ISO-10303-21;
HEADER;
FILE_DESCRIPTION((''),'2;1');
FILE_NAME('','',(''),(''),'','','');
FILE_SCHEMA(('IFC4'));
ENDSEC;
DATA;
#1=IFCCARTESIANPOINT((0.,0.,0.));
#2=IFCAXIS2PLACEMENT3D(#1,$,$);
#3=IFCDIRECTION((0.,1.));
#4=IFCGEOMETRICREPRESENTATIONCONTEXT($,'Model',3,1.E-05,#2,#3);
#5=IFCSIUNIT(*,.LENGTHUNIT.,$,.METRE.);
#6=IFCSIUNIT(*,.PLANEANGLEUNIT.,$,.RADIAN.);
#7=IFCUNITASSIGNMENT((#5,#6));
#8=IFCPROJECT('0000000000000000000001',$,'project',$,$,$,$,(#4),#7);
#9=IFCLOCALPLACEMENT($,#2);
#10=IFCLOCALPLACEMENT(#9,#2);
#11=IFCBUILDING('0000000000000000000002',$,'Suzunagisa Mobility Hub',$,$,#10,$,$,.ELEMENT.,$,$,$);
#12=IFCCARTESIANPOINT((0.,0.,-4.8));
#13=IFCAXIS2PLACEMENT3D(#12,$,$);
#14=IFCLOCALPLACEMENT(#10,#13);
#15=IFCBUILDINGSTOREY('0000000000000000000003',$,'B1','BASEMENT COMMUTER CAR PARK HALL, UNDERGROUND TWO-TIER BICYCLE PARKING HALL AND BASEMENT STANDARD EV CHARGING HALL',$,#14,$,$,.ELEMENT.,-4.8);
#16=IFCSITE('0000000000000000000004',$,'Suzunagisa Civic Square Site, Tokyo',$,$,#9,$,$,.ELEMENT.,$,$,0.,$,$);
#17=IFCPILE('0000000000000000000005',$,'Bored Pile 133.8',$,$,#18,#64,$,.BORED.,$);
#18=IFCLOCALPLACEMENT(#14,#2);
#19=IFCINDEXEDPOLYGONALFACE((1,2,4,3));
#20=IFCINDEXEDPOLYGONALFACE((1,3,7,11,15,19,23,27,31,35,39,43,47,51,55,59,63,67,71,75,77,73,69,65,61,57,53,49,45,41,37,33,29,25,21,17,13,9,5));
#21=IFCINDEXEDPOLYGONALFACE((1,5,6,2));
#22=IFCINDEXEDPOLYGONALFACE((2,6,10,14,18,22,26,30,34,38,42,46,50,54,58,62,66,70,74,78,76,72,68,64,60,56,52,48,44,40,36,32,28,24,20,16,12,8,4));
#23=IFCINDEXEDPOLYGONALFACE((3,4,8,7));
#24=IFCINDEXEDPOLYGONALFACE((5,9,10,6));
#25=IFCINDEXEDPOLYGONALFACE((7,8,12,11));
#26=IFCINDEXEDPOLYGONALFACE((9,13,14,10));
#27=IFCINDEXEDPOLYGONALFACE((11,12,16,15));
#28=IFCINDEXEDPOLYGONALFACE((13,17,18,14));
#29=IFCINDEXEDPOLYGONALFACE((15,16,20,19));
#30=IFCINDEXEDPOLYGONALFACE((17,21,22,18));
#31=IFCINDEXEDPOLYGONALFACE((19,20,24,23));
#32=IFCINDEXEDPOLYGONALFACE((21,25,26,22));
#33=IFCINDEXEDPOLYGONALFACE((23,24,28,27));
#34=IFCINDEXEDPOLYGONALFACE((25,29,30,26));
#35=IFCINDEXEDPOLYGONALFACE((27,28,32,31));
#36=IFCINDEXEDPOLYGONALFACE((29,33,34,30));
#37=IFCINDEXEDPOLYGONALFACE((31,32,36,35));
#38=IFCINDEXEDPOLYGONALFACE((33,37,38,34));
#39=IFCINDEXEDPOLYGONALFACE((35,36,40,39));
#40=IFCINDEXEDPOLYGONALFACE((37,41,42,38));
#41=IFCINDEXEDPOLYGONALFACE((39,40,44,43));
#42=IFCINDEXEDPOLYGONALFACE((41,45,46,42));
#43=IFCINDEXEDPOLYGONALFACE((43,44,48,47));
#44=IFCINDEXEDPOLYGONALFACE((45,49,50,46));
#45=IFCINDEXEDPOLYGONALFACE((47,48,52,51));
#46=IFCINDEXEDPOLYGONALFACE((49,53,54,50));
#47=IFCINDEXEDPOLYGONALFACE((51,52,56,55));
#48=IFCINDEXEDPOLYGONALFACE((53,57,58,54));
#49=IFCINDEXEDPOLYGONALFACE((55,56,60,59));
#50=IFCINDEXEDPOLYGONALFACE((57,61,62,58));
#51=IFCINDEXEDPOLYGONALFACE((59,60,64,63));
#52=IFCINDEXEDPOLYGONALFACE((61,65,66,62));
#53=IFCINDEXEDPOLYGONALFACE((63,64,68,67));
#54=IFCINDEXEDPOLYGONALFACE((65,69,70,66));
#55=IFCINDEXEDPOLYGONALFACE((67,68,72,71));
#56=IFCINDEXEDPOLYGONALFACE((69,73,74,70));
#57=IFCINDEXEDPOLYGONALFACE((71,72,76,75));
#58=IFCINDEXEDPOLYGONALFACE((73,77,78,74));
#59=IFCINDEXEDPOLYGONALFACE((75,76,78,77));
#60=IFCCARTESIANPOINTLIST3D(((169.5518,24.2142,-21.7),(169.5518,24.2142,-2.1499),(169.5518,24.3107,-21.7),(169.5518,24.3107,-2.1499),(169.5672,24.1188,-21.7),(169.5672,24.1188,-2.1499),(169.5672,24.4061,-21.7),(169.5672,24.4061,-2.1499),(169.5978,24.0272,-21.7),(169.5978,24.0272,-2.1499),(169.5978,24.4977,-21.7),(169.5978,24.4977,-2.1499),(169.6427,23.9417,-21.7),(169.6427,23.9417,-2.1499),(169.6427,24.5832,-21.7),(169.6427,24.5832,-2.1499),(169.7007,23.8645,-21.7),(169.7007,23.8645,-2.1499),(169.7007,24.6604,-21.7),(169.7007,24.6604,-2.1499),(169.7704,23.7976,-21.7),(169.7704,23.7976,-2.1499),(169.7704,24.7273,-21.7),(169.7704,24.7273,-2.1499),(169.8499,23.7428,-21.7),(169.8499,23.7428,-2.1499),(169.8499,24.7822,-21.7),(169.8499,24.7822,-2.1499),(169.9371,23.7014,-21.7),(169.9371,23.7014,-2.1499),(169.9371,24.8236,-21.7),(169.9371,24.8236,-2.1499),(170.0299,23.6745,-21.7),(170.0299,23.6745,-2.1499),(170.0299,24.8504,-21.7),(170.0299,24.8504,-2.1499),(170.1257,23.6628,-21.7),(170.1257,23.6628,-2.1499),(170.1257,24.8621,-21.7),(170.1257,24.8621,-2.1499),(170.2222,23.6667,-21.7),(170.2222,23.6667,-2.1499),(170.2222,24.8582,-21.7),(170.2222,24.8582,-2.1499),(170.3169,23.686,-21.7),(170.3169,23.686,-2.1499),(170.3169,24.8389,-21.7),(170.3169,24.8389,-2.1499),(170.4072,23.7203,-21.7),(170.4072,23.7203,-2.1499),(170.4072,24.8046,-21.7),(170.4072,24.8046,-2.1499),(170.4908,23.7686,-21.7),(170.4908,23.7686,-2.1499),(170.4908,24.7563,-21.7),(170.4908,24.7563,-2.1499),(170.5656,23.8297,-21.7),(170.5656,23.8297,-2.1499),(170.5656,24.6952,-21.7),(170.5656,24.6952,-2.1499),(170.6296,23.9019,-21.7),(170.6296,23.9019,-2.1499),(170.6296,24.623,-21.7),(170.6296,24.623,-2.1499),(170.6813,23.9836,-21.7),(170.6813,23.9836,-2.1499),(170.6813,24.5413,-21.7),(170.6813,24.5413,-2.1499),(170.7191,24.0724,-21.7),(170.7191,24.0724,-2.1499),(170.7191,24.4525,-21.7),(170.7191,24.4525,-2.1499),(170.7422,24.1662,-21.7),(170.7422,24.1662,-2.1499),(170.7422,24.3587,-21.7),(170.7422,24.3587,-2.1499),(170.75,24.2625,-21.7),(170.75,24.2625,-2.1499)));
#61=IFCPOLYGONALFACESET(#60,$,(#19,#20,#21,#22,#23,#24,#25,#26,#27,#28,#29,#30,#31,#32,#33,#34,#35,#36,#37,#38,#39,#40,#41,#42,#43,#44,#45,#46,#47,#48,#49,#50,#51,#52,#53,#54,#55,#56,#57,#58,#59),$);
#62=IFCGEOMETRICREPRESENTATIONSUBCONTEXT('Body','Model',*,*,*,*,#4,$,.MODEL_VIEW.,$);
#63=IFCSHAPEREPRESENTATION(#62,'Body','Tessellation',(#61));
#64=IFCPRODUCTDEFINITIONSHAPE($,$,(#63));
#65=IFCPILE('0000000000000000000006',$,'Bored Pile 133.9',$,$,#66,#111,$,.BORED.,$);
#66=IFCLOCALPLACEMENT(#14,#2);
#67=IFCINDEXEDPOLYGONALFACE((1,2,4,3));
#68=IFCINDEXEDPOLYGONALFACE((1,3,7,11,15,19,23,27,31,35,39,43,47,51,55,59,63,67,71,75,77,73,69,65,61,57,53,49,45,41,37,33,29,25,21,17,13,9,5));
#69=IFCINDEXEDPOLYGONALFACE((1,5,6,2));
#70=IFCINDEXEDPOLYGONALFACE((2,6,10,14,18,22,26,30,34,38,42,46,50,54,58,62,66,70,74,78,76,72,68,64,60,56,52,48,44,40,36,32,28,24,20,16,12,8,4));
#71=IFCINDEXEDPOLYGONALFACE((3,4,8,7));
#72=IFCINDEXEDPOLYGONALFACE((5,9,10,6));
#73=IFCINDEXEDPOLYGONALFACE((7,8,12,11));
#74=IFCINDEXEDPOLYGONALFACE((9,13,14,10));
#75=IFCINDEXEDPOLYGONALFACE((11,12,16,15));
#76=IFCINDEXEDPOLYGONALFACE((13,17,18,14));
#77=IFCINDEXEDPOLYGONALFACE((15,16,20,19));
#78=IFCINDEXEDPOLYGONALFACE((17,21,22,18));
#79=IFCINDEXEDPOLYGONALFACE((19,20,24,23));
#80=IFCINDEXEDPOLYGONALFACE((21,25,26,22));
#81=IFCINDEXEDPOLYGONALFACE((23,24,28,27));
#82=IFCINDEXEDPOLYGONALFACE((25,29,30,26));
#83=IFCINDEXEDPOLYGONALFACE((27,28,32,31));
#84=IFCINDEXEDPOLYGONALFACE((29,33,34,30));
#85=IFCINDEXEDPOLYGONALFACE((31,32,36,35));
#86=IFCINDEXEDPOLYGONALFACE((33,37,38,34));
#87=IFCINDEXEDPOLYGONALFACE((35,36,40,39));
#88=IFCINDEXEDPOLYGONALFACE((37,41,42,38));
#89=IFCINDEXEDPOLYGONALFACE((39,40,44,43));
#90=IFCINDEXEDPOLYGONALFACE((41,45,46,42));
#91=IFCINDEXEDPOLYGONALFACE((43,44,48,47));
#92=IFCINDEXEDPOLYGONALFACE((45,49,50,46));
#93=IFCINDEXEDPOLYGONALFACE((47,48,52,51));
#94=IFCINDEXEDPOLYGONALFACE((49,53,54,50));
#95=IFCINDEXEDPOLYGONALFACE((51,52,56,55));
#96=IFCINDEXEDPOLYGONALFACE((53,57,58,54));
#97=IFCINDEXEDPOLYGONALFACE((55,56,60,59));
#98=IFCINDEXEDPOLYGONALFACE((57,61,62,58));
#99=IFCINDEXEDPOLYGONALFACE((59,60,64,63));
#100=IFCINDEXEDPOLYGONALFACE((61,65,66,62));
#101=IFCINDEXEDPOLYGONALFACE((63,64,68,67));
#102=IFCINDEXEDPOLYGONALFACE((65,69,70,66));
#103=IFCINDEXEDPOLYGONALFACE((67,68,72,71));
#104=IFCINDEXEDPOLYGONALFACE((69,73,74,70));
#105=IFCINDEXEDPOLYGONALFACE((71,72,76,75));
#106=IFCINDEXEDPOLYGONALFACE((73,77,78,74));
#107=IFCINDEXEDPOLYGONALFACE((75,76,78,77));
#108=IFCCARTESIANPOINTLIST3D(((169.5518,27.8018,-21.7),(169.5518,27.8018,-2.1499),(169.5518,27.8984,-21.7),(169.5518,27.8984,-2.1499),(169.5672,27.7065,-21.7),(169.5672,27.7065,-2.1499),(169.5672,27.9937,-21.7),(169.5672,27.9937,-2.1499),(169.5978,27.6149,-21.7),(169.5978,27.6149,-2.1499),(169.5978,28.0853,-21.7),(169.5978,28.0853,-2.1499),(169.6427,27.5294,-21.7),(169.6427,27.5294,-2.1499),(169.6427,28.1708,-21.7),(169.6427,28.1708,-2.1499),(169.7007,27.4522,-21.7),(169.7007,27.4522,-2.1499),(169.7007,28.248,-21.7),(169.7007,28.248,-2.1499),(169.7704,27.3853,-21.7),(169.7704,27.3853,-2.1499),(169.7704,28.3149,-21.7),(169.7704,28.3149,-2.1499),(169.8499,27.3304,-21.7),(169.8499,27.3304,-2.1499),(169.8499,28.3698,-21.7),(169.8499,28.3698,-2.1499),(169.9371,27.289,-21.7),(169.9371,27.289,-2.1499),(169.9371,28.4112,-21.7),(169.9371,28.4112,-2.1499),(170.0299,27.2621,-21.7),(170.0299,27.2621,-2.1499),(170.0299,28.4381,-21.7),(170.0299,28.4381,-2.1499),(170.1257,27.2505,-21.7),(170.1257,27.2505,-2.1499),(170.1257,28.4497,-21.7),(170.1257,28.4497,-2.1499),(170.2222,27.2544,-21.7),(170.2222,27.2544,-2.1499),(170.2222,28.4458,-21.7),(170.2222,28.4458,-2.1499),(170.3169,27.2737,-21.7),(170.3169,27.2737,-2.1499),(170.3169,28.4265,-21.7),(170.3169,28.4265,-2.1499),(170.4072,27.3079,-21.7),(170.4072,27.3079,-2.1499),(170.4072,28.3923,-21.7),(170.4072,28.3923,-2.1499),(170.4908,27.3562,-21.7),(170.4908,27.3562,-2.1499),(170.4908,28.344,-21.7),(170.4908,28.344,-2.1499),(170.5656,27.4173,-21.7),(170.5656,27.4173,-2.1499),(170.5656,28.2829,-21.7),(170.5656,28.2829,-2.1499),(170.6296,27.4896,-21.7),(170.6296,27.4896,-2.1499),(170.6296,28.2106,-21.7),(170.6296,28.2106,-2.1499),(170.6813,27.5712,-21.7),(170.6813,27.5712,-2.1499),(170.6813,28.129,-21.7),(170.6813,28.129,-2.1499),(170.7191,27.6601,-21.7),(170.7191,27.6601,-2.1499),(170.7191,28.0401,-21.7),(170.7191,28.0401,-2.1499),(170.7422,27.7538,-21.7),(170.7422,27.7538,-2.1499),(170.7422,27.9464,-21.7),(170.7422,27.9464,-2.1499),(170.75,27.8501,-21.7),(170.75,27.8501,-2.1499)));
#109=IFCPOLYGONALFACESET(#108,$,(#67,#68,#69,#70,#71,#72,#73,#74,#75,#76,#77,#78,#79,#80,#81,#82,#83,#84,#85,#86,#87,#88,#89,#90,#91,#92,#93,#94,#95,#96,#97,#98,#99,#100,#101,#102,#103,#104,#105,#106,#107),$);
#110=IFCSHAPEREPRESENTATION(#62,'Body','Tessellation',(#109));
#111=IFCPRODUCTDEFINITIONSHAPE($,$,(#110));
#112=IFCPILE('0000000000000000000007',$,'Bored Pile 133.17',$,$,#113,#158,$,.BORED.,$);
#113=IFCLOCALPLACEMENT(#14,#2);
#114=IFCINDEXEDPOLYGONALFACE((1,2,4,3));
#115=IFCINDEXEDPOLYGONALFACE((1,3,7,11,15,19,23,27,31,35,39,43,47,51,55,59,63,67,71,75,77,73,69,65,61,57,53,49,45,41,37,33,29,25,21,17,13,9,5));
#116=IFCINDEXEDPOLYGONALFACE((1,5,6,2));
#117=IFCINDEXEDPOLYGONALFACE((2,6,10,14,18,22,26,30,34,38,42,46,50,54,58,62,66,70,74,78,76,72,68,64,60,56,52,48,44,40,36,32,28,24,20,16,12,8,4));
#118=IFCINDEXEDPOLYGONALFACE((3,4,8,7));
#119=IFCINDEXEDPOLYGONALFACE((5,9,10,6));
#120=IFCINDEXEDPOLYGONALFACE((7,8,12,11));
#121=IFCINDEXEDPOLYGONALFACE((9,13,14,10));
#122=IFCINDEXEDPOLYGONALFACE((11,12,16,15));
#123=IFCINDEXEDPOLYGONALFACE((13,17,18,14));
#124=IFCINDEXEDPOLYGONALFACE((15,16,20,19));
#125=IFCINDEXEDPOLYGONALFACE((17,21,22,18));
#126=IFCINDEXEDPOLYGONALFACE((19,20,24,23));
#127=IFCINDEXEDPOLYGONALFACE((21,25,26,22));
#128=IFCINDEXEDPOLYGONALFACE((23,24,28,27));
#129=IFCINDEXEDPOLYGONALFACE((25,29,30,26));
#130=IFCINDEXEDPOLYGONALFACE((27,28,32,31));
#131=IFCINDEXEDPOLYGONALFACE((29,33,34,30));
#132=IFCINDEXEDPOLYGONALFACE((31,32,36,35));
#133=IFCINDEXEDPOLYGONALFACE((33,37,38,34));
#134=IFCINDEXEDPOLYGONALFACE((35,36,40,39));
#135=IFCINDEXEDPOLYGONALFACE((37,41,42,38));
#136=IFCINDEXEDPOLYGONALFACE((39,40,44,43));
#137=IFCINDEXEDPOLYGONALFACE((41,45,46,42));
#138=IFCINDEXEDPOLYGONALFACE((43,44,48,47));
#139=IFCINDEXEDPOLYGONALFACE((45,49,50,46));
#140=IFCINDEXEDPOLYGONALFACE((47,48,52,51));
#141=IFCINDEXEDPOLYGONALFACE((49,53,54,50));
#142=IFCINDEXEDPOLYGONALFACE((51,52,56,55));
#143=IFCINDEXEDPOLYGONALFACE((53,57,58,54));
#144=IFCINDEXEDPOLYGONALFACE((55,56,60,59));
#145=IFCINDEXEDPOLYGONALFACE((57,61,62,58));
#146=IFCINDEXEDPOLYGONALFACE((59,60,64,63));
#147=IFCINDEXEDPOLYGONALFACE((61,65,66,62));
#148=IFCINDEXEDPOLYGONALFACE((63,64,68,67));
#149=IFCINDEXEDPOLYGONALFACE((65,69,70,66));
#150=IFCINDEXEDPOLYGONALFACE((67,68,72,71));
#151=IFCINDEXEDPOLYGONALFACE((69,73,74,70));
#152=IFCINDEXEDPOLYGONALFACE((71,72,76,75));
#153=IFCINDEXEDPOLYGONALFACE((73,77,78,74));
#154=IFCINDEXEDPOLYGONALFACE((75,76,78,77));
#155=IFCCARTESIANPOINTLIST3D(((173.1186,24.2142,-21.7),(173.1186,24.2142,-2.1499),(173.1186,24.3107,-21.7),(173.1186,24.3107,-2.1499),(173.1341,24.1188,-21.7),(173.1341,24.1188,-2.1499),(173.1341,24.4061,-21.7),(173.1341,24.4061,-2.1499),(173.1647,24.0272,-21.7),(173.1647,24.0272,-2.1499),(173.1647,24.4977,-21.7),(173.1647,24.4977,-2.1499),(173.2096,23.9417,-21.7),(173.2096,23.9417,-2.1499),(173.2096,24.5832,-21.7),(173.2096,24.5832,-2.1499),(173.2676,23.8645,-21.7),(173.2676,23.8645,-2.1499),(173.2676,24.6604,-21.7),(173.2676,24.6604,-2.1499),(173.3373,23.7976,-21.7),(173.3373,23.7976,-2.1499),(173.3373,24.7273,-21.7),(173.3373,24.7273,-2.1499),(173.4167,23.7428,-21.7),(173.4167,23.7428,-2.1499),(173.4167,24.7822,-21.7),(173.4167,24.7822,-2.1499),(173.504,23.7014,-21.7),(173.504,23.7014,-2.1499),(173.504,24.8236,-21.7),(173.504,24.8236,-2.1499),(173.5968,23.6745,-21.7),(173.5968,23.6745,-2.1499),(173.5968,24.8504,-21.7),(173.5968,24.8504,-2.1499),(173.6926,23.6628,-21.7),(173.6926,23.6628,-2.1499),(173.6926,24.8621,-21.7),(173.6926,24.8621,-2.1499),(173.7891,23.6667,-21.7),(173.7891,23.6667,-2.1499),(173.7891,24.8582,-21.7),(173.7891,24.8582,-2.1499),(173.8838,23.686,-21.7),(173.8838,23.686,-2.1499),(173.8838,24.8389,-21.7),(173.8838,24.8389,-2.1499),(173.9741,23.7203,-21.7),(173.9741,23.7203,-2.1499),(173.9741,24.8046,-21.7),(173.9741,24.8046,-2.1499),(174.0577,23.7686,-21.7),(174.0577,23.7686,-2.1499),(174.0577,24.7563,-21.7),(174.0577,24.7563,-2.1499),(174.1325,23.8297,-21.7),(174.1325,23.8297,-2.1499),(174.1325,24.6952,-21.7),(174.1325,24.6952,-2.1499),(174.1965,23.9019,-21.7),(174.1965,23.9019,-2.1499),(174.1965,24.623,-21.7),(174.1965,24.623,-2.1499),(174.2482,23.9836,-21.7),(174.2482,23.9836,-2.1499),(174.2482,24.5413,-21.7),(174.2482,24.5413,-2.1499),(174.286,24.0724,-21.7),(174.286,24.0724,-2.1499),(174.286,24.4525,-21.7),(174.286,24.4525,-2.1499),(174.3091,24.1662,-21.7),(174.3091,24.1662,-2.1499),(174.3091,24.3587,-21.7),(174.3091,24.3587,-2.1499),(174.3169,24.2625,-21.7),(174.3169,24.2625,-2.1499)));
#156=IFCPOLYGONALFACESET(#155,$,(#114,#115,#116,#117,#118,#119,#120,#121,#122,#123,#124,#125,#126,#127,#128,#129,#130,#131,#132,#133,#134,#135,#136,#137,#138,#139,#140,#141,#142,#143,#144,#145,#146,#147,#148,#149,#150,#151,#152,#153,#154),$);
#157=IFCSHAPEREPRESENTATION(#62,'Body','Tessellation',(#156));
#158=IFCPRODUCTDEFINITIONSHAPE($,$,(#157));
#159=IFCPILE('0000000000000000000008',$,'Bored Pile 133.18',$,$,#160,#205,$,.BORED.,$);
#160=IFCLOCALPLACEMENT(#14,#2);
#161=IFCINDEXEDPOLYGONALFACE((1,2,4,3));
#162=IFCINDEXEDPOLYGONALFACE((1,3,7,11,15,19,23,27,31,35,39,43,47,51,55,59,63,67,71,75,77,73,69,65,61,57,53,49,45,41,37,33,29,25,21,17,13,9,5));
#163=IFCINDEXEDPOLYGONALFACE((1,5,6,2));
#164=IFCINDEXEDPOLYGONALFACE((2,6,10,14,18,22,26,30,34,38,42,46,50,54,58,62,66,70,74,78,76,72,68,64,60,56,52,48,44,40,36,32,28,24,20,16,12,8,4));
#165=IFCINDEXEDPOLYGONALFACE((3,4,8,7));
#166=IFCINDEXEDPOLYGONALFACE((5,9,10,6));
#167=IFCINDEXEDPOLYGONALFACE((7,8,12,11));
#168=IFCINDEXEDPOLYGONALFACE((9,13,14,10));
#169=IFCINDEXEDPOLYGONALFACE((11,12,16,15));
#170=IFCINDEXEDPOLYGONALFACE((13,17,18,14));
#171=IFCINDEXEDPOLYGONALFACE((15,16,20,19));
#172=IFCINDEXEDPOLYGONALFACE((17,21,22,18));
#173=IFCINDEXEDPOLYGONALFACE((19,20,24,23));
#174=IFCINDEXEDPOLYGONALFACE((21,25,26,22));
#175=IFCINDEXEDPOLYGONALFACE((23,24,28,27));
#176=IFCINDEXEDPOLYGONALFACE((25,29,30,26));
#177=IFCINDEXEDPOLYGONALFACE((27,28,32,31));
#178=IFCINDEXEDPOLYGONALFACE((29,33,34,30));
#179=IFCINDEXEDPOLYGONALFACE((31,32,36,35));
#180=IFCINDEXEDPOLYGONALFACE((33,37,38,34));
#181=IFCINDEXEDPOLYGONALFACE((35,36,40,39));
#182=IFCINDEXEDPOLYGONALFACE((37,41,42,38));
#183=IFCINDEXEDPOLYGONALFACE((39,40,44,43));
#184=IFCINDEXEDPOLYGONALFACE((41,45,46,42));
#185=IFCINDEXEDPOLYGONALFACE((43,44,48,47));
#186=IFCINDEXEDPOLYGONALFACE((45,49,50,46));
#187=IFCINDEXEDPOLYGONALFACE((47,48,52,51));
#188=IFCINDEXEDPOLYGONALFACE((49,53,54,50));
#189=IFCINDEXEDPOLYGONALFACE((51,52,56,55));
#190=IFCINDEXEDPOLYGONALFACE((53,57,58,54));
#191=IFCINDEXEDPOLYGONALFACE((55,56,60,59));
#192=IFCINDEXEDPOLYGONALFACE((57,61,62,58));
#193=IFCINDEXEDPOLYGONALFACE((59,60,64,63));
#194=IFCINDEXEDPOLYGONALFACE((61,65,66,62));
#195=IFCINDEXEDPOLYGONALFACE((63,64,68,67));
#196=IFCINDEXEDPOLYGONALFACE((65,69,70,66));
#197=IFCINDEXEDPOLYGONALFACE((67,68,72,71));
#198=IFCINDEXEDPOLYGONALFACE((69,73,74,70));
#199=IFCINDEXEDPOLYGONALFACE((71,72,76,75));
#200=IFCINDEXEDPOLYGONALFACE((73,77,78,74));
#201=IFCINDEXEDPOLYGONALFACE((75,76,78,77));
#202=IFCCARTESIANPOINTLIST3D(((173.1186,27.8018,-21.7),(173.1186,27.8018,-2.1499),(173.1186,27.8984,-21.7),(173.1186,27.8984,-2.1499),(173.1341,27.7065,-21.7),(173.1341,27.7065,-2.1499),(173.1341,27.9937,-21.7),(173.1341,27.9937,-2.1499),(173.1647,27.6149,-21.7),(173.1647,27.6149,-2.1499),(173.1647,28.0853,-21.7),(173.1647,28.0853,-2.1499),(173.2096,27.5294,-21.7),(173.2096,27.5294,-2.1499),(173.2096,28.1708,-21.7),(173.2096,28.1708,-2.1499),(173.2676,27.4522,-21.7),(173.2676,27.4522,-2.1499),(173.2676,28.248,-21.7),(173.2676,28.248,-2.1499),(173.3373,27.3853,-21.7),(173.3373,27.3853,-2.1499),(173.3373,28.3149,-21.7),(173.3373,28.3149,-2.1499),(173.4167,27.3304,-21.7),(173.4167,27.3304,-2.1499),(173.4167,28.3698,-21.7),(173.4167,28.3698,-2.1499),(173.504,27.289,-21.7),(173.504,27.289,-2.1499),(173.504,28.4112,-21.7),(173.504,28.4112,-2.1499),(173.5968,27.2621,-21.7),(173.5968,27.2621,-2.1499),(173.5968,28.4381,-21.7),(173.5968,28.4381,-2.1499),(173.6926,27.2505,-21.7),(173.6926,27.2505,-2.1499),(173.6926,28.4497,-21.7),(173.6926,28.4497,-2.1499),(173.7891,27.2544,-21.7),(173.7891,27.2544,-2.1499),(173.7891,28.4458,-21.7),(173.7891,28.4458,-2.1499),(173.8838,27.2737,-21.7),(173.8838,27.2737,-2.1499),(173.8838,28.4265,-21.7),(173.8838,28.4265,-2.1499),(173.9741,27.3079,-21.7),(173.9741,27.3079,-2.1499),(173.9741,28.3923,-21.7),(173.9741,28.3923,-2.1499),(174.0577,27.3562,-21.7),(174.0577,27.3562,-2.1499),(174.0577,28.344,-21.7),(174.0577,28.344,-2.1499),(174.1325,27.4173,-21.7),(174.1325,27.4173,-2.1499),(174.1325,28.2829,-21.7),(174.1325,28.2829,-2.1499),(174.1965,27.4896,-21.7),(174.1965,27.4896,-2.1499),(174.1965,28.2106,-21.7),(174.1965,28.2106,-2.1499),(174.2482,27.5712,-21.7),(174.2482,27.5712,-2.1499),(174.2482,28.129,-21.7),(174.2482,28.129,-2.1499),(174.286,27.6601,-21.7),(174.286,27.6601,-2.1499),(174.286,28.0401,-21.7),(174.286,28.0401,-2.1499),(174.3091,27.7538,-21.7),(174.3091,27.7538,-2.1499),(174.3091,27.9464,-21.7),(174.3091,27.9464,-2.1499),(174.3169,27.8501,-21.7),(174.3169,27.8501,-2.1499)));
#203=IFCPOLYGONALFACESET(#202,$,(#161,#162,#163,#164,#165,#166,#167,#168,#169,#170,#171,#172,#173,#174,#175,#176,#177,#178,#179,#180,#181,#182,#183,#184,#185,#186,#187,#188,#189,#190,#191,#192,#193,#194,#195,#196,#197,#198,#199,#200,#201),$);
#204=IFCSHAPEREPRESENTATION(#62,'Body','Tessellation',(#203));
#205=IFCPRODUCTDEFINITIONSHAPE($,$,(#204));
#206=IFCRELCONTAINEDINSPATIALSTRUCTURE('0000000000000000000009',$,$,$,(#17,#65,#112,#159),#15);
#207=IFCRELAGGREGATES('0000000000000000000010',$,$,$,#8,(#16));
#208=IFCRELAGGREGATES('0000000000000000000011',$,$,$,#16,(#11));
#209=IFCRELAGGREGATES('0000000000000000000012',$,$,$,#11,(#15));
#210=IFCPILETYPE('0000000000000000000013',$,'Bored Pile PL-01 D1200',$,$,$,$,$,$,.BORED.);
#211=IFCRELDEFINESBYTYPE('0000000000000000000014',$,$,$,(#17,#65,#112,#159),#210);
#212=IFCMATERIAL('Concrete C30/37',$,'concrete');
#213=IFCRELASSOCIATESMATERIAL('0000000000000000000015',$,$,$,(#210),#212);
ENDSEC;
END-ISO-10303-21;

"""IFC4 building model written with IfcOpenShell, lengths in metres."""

from ifc_helpers import new_model, si_unit, direction, frame, origin, origin_2d, place, context, subcontext, project, spatial, circle, extrude, material, material_profile, profile_set, type_object, element, save


model = new_model("IFC4")

# Units and contexts
model_context = context("Model", 3, precision=1e-05, world=origin(), true_north=direction((0.0, 1.0)))
body_context = subcontext(model_context, "Body", "Model", "MODEL_VIEW")
ifc_project = project(units=[si_unit("LENGTHUNIT", "METRE"), si_unit("PLANEANGLEUNIT", "RADIAN")], contexts=[model_context])

# Site, building, storey
site_placement = place(None, origin())
site = spatial("IfcSite", under=ifc_project, at=site_placement, Name="Suzunagisa Civic Square Site, Tokyo", CompositionType="ELEMENT", RefElevation=0.0)
building_placement = place(site_placement, origin())
building = spatial("IfcBuilding", under=site, at=building_placement, Name="Suzunagisa Mobility Hub", CompositionType="ELEMENT")
storey_placement = place(building_placement, frame((0.0, 0.0, -4.8)))
storey = spatial("IfcBuildingStorey", under=building, at=storey_placement, Name="B1", Description="BASEMENT COMMUTER CAR PARK HALL, UNDERGROUND TWO-TIER BICYCLE PARKING HALL AND BASEMENT STANDARD EV CHARGING HALL", CompositionType="ELEMENT", Elevation=-4.8)

# Piles
ifc_material_1 = material(Name="Concrete C30/37", Category="concrete")
ifc_material_profile_1 = material_profile(ifc_material_1, circle(Radius=0.6001, at=origin_2d()), Name="BORED PILE D1200")
ifc_profile_set_1 = profile_set([ifc_material_profile_1], Name="Concrete C30/37")
pile_type_1 = type_object("IfcPileType", Name="Bored Pile PL-01 D1200", PredefinedType="BORED", material=ifc_profile_set_1)
for number, where, z_axis, x_axis, name in (
    (1, (170.1499, 24.2625, -2.1499), (0.0, 0.0, -1.0), (1.0, 0.0, 0.0), "Bored Pile 133.8"),
    (2, (170.1499, 27.8501, -2.1499), (0.0, 0.0, -1.0), (1.0, 0.0, 0.0), "Bored Pile 133.9"),
    (3, (173.7168, 24.2625, -2.1499), (0.0, 0.0, -1.0), (1.0, 0.0, 0.0), "Bored Pile 133.17"),
    (4, (173.7168, 27.8501, -2.1499), (0.0, 0.0, -1.0), (1.0, 0.0, 0.0), "Bored Pile 133.18"),
):
    element("IfcPile", number, at=place(storey_placement, frame(where, z_axis=z_axis, x_axis=x_axis)), inside=storey, type_object=pile_type_1, Name=name, PredefinedType="BORED", context=body_context, shape_type="SweptSolid", body=[
        extrude(circle(Radius=0.6001, at=origin_2d()), origin(), (0.0, 0.0, 1.0), 19.55),
    ])

save(model, "model.ifc")
